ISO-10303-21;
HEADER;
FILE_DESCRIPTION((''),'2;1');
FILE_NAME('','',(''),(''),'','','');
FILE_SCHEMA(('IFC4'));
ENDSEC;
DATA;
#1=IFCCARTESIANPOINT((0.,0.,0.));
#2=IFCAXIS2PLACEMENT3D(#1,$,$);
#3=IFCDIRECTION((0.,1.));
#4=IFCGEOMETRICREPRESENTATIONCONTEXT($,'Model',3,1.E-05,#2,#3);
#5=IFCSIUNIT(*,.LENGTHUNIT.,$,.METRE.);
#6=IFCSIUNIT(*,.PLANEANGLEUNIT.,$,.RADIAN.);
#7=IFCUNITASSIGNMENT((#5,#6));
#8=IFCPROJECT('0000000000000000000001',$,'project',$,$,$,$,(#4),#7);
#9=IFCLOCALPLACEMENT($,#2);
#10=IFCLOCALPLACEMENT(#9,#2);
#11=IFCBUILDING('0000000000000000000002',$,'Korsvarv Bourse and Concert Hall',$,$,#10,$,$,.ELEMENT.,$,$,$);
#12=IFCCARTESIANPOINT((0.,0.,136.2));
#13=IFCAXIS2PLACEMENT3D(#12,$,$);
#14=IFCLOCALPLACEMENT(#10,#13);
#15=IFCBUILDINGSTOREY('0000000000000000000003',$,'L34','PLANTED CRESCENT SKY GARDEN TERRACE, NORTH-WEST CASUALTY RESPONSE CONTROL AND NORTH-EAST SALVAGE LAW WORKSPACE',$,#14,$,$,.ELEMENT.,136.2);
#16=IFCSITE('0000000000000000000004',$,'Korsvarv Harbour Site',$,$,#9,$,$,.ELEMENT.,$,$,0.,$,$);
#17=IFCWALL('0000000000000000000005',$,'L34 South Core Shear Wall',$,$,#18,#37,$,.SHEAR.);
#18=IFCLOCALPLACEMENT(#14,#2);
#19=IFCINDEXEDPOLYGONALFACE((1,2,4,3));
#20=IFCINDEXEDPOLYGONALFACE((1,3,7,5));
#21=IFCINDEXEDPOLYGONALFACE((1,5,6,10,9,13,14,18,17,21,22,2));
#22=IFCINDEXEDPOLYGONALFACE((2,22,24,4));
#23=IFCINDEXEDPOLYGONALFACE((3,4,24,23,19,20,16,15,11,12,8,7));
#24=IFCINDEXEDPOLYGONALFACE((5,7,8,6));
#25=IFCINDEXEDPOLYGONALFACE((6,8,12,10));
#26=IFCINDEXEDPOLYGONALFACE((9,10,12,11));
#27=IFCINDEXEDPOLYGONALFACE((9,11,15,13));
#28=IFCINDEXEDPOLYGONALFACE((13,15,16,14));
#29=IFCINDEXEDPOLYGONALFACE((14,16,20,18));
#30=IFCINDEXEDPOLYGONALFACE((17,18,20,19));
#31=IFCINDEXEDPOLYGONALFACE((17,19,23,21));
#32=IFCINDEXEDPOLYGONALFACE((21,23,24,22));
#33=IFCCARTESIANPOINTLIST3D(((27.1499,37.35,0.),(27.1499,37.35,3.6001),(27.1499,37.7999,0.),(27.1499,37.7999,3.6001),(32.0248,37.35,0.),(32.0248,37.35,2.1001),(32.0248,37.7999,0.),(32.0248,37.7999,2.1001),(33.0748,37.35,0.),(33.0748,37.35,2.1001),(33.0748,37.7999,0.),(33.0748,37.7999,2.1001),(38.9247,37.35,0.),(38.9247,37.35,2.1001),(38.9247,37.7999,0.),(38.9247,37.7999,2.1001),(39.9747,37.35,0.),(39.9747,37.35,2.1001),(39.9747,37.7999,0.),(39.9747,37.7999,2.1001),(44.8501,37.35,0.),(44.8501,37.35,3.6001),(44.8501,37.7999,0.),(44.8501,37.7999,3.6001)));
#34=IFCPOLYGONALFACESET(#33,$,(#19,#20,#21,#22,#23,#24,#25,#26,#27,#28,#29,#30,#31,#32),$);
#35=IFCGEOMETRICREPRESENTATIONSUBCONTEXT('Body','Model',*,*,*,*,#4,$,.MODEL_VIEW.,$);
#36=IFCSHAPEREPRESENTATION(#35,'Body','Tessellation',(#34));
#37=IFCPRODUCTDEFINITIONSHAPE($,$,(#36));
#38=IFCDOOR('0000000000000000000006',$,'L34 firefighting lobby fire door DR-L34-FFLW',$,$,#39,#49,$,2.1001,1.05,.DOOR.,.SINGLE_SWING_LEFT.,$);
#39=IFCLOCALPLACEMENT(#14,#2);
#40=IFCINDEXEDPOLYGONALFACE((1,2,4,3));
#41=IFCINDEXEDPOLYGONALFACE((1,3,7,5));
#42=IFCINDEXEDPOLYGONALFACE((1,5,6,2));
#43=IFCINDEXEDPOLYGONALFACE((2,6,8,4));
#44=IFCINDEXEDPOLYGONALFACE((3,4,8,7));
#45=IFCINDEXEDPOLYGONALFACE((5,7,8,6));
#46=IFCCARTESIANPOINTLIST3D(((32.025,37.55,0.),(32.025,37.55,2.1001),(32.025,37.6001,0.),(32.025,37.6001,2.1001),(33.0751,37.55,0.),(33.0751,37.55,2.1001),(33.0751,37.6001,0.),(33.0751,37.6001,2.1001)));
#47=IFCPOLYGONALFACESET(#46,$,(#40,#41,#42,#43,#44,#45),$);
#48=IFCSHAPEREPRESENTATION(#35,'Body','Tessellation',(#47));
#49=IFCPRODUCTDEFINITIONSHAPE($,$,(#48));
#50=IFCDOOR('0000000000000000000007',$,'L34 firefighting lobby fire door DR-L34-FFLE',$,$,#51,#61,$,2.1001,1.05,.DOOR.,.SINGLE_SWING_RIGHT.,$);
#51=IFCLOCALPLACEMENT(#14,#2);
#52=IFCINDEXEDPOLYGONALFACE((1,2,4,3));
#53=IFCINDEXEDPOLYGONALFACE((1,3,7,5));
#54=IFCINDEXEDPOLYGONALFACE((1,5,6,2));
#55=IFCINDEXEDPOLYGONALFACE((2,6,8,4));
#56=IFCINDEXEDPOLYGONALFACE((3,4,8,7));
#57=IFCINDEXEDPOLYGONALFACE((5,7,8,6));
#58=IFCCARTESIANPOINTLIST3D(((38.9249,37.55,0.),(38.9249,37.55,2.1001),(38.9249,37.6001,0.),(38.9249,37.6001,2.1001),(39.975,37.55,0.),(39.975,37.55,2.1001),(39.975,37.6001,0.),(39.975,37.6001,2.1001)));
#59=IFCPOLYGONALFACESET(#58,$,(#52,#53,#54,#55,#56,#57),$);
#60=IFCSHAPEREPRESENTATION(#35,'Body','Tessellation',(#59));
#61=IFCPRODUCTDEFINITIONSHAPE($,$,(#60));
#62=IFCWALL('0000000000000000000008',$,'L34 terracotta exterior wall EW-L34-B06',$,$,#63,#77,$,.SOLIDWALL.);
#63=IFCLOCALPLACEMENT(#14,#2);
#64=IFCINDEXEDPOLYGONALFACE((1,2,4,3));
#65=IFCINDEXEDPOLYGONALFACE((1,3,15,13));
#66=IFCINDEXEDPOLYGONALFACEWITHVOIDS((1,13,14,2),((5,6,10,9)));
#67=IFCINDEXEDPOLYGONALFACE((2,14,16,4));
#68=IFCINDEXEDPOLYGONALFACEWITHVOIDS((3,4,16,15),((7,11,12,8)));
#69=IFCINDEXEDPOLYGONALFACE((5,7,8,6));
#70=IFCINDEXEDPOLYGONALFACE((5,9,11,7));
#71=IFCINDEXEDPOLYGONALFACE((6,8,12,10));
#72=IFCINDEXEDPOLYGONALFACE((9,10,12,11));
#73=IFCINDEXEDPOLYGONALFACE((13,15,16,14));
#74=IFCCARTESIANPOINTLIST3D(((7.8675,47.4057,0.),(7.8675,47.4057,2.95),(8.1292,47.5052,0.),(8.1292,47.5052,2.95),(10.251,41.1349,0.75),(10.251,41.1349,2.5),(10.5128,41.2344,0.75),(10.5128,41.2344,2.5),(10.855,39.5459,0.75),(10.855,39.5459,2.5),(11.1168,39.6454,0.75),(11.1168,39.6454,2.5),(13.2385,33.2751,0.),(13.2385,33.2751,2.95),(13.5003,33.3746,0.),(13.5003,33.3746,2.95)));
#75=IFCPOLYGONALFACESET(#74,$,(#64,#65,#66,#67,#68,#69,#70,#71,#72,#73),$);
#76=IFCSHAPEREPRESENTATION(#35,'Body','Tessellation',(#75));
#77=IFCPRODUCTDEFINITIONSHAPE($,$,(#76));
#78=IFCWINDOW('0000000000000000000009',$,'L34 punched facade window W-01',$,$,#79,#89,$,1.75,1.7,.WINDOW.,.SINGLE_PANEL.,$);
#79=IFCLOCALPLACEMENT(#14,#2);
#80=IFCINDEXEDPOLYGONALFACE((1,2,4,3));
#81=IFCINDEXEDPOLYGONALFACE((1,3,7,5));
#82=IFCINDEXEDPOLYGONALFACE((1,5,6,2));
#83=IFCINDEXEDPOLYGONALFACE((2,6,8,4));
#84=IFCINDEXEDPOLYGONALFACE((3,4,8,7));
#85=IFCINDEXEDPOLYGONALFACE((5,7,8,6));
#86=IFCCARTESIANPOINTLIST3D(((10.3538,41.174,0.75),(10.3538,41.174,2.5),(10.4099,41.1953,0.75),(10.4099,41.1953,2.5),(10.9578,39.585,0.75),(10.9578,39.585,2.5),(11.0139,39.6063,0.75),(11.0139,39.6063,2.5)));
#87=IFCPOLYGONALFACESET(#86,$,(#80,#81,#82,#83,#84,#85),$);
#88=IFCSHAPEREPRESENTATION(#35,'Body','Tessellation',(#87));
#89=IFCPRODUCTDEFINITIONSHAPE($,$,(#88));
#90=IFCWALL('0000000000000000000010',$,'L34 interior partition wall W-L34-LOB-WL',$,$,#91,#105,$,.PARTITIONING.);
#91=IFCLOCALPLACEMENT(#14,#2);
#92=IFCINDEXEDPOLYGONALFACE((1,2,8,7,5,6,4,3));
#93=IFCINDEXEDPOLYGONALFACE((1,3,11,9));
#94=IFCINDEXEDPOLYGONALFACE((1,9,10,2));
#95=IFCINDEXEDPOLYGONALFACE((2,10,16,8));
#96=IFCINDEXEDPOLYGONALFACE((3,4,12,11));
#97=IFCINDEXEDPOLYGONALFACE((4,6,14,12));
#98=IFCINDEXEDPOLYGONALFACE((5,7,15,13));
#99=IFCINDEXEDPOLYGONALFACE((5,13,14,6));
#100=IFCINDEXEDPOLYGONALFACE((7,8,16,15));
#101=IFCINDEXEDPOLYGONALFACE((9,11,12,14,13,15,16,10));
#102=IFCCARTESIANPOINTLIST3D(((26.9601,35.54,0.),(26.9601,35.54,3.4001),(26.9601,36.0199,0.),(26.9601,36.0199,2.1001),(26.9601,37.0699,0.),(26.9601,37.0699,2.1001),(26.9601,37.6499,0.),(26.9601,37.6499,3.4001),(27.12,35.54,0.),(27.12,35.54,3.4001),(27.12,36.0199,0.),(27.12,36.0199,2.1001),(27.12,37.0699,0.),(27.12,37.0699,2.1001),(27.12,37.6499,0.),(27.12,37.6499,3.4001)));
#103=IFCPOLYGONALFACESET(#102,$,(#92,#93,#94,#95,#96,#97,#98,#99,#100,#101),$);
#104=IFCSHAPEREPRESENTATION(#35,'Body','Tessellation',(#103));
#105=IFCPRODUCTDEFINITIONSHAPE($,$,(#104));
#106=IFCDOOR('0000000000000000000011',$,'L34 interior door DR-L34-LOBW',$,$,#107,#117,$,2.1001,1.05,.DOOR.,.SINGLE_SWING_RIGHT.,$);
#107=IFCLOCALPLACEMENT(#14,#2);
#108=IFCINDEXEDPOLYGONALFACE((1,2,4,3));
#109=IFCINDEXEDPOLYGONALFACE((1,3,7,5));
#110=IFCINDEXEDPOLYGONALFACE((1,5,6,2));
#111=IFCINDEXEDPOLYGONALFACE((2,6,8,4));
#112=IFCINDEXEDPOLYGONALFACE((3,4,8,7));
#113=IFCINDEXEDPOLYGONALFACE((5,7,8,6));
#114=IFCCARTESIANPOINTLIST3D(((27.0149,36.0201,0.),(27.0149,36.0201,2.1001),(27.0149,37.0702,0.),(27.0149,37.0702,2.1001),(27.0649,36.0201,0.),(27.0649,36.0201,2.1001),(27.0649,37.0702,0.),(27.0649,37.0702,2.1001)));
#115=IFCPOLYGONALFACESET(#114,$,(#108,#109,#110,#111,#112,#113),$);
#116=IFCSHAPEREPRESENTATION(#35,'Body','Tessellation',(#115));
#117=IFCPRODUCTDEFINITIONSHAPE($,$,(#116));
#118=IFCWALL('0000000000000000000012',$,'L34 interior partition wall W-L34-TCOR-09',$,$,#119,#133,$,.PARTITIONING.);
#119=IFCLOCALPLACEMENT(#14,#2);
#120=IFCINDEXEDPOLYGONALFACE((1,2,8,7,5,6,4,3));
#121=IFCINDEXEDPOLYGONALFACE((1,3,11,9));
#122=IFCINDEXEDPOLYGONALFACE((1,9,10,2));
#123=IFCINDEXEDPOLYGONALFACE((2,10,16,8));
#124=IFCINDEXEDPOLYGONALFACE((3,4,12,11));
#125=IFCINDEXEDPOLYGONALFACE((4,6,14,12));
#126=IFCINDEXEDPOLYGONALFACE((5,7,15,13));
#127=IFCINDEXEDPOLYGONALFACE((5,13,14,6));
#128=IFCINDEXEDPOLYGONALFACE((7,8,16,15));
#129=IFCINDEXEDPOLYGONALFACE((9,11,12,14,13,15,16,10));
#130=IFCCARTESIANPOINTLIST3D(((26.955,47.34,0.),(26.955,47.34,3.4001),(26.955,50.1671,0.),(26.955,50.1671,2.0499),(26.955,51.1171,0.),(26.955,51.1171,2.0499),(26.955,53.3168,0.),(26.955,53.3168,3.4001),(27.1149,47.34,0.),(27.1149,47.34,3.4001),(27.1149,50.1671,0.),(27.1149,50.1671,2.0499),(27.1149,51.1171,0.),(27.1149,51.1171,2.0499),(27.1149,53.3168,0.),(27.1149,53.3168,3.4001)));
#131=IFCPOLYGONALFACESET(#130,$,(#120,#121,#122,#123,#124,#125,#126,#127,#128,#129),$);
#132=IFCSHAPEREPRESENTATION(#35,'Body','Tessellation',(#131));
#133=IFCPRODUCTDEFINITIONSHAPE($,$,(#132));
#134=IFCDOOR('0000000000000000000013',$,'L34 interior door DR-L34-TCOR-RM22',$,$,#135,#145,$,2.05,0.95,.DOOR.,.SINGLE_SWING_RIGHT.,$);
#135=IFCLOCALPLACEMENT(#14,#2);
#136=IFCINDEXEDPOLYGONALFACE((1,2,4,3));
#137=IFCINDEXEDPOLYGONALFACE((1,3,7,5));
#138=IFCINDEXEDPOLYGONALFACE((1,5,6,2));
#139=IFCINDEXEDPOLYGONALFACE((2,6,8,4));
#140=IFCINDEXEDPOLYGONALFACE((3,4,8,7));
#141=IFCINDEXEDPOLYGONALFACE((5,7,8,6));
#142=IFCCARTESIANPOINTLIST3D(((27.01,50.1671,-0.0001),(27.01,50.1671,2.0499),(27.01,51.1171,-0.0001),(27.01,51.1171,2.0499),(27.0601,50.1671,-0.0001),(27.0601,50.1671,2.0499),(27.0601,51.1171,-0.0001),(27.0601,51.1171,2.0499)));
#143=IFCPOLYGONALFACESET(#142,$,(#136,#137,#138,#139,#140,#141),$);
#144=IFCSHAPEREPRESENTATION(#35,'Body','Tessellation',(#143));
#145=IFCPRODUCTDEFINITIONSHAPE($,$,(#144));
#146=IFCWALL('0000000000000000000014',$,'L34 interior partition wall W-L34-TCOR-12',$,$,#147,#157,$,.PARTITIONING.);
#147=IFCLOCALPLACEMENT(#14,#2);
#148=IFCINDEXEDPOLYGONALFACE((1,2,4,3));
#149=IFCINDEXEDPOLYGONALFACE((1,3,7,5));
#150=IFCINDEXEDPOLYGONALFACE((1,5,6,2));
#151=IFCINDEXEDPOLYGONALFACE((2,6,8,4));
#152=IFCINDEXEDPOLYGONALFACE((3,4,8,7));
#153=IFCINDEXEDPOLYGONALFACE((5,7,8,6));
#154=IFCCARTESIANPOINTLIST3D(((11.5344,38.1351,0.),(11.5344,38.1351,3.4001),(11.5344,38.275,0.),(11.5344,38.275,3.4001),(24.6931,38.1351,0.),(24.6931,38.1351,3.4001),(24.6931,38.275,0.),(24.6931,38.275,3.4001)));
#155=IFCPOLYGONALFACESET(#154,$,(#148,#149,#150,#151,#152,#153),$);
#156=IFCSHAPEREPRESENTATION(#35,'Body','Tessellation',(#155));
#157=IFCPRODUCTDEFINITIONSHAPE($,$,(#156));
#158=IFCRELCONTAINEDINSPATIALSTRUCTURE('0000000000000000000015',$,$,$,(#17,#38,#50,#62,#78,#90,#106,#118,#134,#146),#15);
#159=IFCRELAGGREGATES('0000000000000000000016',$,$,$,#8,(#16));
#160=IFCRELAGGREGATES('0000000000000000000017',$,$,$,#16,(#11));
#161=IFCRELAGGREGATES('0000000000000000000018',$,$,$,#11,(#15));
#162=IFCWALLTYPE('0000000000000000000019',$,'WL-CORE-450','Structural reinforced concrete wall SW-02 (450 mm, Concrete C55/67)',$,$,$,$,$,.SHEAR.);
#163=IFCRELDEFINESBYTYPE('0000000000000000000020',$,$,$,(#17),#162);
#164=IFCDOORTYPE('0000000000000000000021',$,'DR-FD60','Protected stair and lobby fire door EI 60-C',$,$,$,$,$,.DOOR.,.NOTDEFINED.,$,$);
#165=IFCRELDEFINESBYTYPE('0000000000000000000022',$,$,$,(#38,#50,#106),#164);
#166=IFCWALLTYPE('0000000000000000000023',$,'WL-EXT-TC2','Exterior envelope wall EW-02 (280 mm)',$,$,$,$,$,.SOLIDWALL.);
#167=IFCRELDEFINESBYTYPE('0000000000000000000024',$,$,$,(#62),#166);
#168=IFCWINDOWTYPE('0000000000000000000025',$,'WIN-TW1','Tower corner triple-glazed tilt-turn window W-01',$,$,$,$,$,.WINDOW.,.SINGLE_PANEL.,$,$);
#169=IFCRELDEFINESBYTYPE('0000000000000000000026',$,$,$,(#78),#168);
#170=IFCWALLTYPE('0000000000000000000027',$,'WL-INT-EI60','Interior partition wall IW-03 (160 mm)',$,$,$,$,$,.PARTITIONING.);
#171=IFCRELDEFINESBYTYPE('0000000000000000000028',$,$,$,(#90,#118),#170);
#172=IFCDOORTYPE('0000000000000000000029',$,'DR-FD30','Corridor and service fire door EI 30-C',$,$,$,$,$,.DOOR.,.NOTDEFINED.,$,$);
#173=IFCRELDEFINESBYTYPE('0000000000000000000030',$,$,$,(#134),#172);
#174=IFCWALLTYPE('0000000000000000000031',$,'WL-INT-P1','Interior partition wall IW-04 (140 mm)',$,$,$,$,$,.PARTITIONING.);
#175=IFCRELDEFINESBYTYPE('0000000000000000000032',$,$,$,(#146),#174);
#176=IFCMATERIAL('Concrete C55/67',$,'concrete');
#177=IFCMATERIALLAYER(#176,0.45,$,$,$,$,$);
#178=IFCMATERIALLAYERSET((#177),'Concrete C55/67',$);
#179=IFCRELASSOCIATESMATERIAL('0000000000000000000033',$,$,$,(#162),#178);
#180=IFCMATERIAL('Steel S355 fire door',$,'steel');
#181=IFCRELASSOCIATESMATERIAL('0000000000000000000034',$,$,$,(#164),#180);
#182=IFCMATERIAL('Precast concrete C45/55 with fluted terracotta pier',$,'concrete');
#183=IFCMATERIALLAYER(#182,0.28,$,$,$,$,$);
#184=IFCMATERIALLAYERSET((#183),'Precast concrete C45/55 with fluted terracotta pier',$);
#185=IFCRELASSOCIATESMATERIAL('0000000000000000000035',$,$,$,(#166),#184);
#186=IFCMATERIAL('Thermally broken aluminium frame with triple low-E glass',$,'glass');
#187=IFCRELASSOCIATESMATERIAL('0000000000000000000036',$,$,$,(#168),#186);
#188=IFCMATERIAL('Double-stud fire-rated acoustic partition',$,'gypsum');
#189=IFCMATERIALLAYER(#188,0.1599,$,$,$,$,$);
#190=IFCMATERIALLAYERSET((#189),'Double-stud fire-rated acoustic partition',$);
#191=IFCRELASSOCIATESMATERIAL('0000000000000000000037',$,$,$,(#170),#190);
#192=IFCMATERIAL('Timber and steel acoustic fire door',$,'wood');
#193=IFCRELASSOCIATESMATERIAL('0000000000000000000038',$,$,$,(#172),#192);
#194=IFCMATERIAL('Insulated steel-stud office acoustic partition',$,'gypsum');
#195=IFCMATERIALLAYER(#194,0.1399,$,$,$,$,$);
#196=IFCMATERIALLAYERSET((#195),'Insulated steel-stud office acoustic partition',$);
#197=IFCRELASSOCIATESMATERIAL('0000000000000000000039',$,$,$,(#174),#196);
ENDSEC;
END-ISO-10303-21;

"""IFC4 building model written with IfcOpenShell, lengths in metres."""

from ifc_helpers import new_model, si_unit, direction, frame, frame_2d, origin, place, context, subcontext, project, spatial, rectangle, extrude, material, layer, layer_set, type_object, element, fill, save


model = new_model("IFC4")

# Units and contexts
model_context = context("Model", 3, precision=1e-05, world=origin(), true_north=direction((0.0, 1.0)))
body_context = subcontext(model_context, "Body", "Model", "MODEL_VIEW")
ifc_project = project(units=[si_unit("LENGTHUNIT", "METRE"), si_unit("PLANEANGLEUNIT", "RADIAN")], contexts=[model_context])

# Site, building, storey
site_placement = place(None, origin())
site = spatial("IfcSite", under=ifc_project, at=site_placement, Name="Korsvarv Harbour Site", CompositionType="ELEMENT", RefElevation=0.0)
building_placement = place(site_placement, origin())
building = spatial("IfcBuilding", under=site, at=building_placement, Name="Korsvarv Bourse and Concert Hall", CompositionType="ELEMENT")
storey_placement = place(building_placement, frame((0.0, 0.0, 136.2)))
storey = spatial("IfcBuildingStorey", under=building, at=storey_placement, Name="L34", Description="PLANTED CRESCENT SKY GARDEN TERRACE, NORTH-WEST CASUALTY RESPONSE CONTROL AND NORTH-EAST SALVAGE LAW WORKSPACE", CompositionType="ELEMENT", Elevation=136.2)

# Wall, openings, doors
ifc_material_1 = material(Name="Concrete C55/67", Category="concrete")
ifc_layer_1 = layer(ifc_material_1, 0.45)
ifc_layer_set_1 = layer_set([ifc_layer_1], Name="Concrete C55/67")
wall_type_1 = type_object("IfcWallType", Name="WL-CORE-450", Description="Structural reinforced concrete wall SW-02 (450 mm, Concrete C55/67)", PredefinedType="SHEAR", material=ifc_layer_set_1)
wall_1_placement = place(storey_placement, frame((27.1499, 37.575, 0.0), z_axis=(0.0, 0.0, 1.0), x_axis=(1.0, 0.0, 0.0)))
wall_1 = element("IfcWall", 1, at=wall_1_placement, inside=storey, type_object=wall_type_1, Name="L34 South Core Shear Wall", PredefinedType="SHEAR", context=body_context, shape_type="SweptSolid", body=[
    extrude(rectangle(XDim=17.7002, YDim=0.45, at=frame_2d((8.8501, 0.0))), origin(), (0.0, 0.0, 1.0), 3.6001),
])
opening_1_placement = place(wall_1_placement, frame((4.875, 0.0, 0.0)))
opening_1 = element("IfcOpeningElement", 2, at=opening_1_placement, cuts=wall_1, PredefinedType="OPENING", context=body_context, shape_type="SweptSolid", body=[
    extrude(rectangle(XDim=1.05, YDim=2.1001, at=frame_2d((0.5249, 1.05))), frame((0.0, 0.2349, 0.0), z_axis=(0.0, -1.0, 0.0), x_axis=(1.0, 0.0, 0.0)), (0.0, 0.0, 1.0), 0.47),
])
opening_2_placement = place(wall_1_placement, frame((11.7749, 0.0, 0.0)))
opening_2 = element("IfcOpeningElement", 3, at=opening_2_placement, cuts=wall_1, PredefinedType="OPENING", context=body_context, shape_type="SweptSolid", body=[
    extrude(rectangle(XDim=1.05, YDim=2.1001, at=frame_2d((0.5249, 1.05))), frame((0.0, 0.2349, 0.0), z_axis=(0.0, -1.0, 0.0), x_axis=(1.0, 0.0, 0.0)), (0.0, 0.0, 1.0), 0.47),
])
ifc_material_2 = material(Name="Steel S355 fire door", Category="steel")
door_type_1 = type_object("IfcDoorType", Name="DR-FD60", Description="Protected stair and lobby fire door EI 60-C", OperationType="NOTDEFINED", PredefinedType="DOOR", material=ifc_material_2)
door_1_placement = place(opening_1_placement, frame((1.05, 0.0, 0.0), z_axis=(0.0, 0.0, 1.0), x_axis=(-1.0, 0.0, 0.0)))
door_1 = element("IfcDoor", 4, at=door_1_placement, inside=storey, type_object=door_type_1, Name="L34 firefighting lobby fire door DR-L34-FFLW", OperationType="SINGLE_SWING_LEFT", OverallHeight=2.1001, OverallWidth=1.05, PredefinedType="DOOR", context=body_context, shape_type="SweptSolid", body=[
    extrude(rectangle(XDim=1.05, YDim=2.1001, at=frame_2d((0.5249, 1.05))), frame((0.0, 0.0249, 0.0), z_axis=(0.0, -1.0, 0.0), x_axis=(1.0, 0.0, 0.0)), (0.0, 0.0, 1.0), 0.05),
])
fill(opening_1, door_1)
door_2_placement = place(opening_2_placement, frame((1.05, 0.0, 0.0), z_axis=(0.0, 0.0, 1.0), x_axis=(-1.0, 0.0, 0.0)))
door_2 = element("IfcDoor", 5, at=door_2_placement, inside=storey, type_object=door_type_1, Name="L34 firefighting lobby fire door DR-L34-FFLE", OperationType="SINGLE_SWING_RIGHT", OverallHeight=2.1001, OverallWidth=1.05, PredefinedType="DOOR", context=body_context, shape_type="SweptSolid", body=[
    extrude(rectangle(XDim=1.05, YDim=2.1001, at=frame_2d((0.5249, 1.05))), frame((0.0, 0.0249, 0.0), z_axis=(0.0, -1.0, 0.0), x_axis=(1.0, 0.0, 0.0)), (0.0, 0.0, 1.0), 0.05),
])
fill(opening_2, door_2)

# Wall, opening, window
ifc_material_3 = material(Name="Precast concrete C45/55 with fluted terracotta pier", Category="concrete")
ifc_layer_2 = layer(ifc_material_3, 0.28)
ifc_layer_set_2 = layer_set([ifc_layer_2], Name="Precast concrete C45/55 with fluted terracotta pier")
wall_type_2 = type_object("IfcWallType", Name="WL-EXT-TC2", Description="Exterior envelope wall EW-02 (280 mm)", PredefinedType="SOLIDWALL", material=ifc_layer_set_2)
wall_2_placement = place(storey_placement, frame((7.9983, 47.4556, 0.0), z_axis=(0.0, 0.0, 1.0), x_axis=(0.355302, -0.934752, 0.0)))
wall_2 = element("IfcWall", 6, at=wall_2_placement, inside=storey, type_object=wall_type_2, Name="L34 terracotta exterior wall EW-L34-B06", PredefinedType="SOLIDWALL", context=body_context, shape_type="SweptSolid", body=[
    extrude(rectangle(XDim=15.1169, YDim=0.28, at=frame_2d((7.5586, 0.0))), origin(), (0.0, 0.0, 1.0), 2.95),
])
opening_3_placement = place(wall_2_placement, frame((6.7085, 0.0, 0.75)))
opening_3 = element("IfcOpeningElement", 7, at=opening_3_placement, cuts=wall_2, PredefinedType="OPENING", context=body_context, shape_type="SweptSolid", body=[
    extrude(rectangle(XDim=1.7, YDim=1.75, at=frame_2d((0.8501, 0.875))), frame((0.0, 0.1499, 0.0), z_axis=(0.0, -1.0, 0.0), x_axis=(1.0, 0.0, 0.0)), (0.0, 0.0, 1.0), 0.3),
])
ifc_material_4 = material(Name="Thermally broken aluminium frame with triple low-E glass", Category="glass")
window_type = type_object("IfcWindowType", Name="WIN-TW1", Description="Tower corner triple-glazed tilt-turn window W-01", PartitioningType="SINGLE_PANEL", PredefinedType="WINDOW", material=ifc_material_4)
window_placement = place(opening_3_placement, origin())
window = element("IfcWindow", 8, at=window_placement, inside=storey, type_object=window_type, Name="L34 punched facade window W-01", OverallHeight=1.75, OverallWidth=1.7, PartitioningType="SINGLE_PANEL", PredefinedType="WINDOW", context=body_context, shape_type="SweptSolid", body=[
    extrude(rectangle(XDim=1.7, YDim=1.75, at=frame_2d((0.8501, 0.875))), frame((0.0, 0.03, 0.0), z_axis=(0.0, -1.0, 0.0), x_axis=(1.0, 0.0, 0.0)), (0.0, 0.0, 1.0), 0.0601),
])
fill(opening_3, window)

# Walls, openings, doors
ifc_material_5 = material(Name="Double-stud fire-rated acoustic partition", Category="gypsum")
ifc_layer_3 = layer(ifc_material_5, 0.1599)
ifc_layer_set_3 = layer_set([ifc_layer_3], Name="Double-stud fire-rated acoustic partition")
wall_type_3 = type_object("IfcWallType", Name="WL-INT-EI60", Description="Interior partition wall IW-03 (160 mm)", PredefinedType="PARTITIONING", material=ifc_layer_set_3)
wall_3_placement = place(storey_placement, frame((27.04, 35.54, 0.0), z_axis=(0.0, 0.0, 1.0), x_axis=(0.0, 1.0, 0.0)))
wall_3 = element("IfcWall", 9, at=wall_3_placement, inside=storey, type_object=wall_type_3, Name="L34 interior partition wall W-L34-LOB-WL", PredefinedType="PARTITIONING", context=body_context, shape_type="SweptSolid", body=[
    extrude(rectangle(XDim=2.1099, YDim=0.1599, at=frame_2d((1.0549, 0.0))), origin(), (0.0, 0.0, 1.0), 3.4001),
])
opening_4_placement = place(wall_3_placement, frame((0.48, 0.0, 0.0)))
opening_4 = element("IfcOpeningElement", 10, at=opening_4_placement, cuts=wall_3, PredefinedType="OPENING", context=body_context, shape_type="SweptSolid", body=[
    extrude(rectangle(XDim=1.05, YDim=2.1001, at=frame_2d((0.5249, 1.05))), frame((0.0, 0.0898, 0.0), z_axis=(0.0, -1.0, 0.0), x_axis=(1.0, 0.0, 0.0)), (0.0, 0.0, 1.0), 0.1799),
])
door_3_placement = place(opening_4_placement, frame((1.05, 0.0, 0.0), z_axis=(0.0, 0.0, 1.0), x_axis=(-1.0, 0.0, 0.0)))
door_3 = element("IfcDoor", 11, at=door_3_placement, inside=storey, type_object=door_type_1, Name="L34 interior door DR-L34-LOBW", OperationType="SINGLE_SWING_RIGHT", OverallHeight=2.1001, OverallWidth=1.05, PredefinedType="DOOR", context=body_context, shape_type="SweptSolid", body=[
    extrude(rectangle(XDim=1.05, YDim=2.1001, at=frame_2d((0.5249, 1.05))), frame((0.0, 0.0249, 0.0), z_axis=(0.0, -1.0, 0.0), x_axis=(1.0, 0.0, 0.0)), (0.0, 0.0, 1.0), 0.05),
])
fill(opening_4, door_3)
wall_4_placement = place(storey_placement, frame((27.0349, 47.3401, 0.0), z_axis=(0.0, 0.0, 1.0), x_axis=(0.0, 1.0, 0.0)))
wall_4 = element("IfcWall", 12, at=wall_4_placement, inside=storey, type_object=wall_type_3, Name="L34 interior partition wall W-L34-TCOR-09", PredefinedType="PARTITIONING", context=body_context, shape_type="SweptSolid", body=[
    extrude(rectangle(XDim=5.9768, YDim=0.1599, at=frame_2d((2.9883, 0.0))), origin(), (0.0, 0.0, 1.0), 3.4001),
])
opening_5_placement = place(wall_4_placement, frame((2.8269, 0.0, 0.0)))
opening_5 = element("IfcOpeningElement", 13, at=opening_5_placement, cuts=wall_4, PredefinedType="OPENING", context=body_context, shape_type="SweptSolid", body=[
    extrude(rectangle(XDim=0.95, YDim=2.05, at=frame_2d((0.4751, 1.0249))), frame((0.0, 0.0898, 0.0), z_axis=(0.0, -1.0, 0.0), x_axis=(1.0, 0.0, 0.0)), (0.0, 0.0, 1.0), 0.1799),
])
ifc_material_6 = material(Name="Timber and steel acoustic fire door", Category="wood")
door_type_2 = type_object("IfcDoorType", Name="DR-FD30", Description="Corridor and service fire door EI 30-C", OperationType="NOTDEFINED", PredefinedType="DOOR", material=ifc_material_6)
door_4_placement = place(opening_5_placement, origin())
door_4 = element("IfcDoor", 14, at=door_4_placement, inside=storey, type_object=door_type_2, Name="L34 interior door DR-L34-TCOR-RM22", OperationType="SINGLE_SWING_RIGHT", OverallHeight=2.05, OverallWidth=0.95, PredefinedType="DOOR", context=body_context, shape_type="SweptSolid", body=[
    extrude(rectangle(XDim=0.95, YDim=2.05, at=frame_2d((0.4751, 1.0249))), frame((0.0, 0.0249, 0.0), z_axis=(0.0, -1.0, 0.0), x_axis=(1.0, 0.0, 0.0)), (0.0, 0.0, 1.0), 0.05),
])
fill(opening_5, door_4)

# Wall
ifc_material_7 = material(Name="Insulated steel-stud office acoustic partition", Category="gypsum")
ifc_layer_4 = layer(ifc_material_7, 0.1399)
ifc_layer_set_4 = layer_set([ifc_layer_4], Name="Insulated steel-stud office acoustic partition")
wall_type_4 = type_object("IfcWallType", Name="WL-INT-P1", Description="Interior partition wall IW-04 (140 mm)", PredefinedType="PARTITIONING", material=ifc_layer_set_4)
wall_5_placement = place(storey_placement, frame((11.5344, 38.2051, 0.0), z_axis=(0.0, 0.0, 1.0), x_axis=(1.0, 0.0, 0.0)))
element("IfcWall", 15, at=wall_5_placement, inside=storey, type_object=wall_type_4, Name="L34 interior partition wall W-L34-TCOR-12", PredefinedType="PARTITIONING", context=body_context, shape_type="SweptSolid", body=[
    extrude(rectangle(XDim=13.1587, YDim=0.1399, at=frame_2d((6.5793, 0.0))), origin(), (0.0, 0.0, 1.0), 3.4001),
])

save(model, "model.ifc")
